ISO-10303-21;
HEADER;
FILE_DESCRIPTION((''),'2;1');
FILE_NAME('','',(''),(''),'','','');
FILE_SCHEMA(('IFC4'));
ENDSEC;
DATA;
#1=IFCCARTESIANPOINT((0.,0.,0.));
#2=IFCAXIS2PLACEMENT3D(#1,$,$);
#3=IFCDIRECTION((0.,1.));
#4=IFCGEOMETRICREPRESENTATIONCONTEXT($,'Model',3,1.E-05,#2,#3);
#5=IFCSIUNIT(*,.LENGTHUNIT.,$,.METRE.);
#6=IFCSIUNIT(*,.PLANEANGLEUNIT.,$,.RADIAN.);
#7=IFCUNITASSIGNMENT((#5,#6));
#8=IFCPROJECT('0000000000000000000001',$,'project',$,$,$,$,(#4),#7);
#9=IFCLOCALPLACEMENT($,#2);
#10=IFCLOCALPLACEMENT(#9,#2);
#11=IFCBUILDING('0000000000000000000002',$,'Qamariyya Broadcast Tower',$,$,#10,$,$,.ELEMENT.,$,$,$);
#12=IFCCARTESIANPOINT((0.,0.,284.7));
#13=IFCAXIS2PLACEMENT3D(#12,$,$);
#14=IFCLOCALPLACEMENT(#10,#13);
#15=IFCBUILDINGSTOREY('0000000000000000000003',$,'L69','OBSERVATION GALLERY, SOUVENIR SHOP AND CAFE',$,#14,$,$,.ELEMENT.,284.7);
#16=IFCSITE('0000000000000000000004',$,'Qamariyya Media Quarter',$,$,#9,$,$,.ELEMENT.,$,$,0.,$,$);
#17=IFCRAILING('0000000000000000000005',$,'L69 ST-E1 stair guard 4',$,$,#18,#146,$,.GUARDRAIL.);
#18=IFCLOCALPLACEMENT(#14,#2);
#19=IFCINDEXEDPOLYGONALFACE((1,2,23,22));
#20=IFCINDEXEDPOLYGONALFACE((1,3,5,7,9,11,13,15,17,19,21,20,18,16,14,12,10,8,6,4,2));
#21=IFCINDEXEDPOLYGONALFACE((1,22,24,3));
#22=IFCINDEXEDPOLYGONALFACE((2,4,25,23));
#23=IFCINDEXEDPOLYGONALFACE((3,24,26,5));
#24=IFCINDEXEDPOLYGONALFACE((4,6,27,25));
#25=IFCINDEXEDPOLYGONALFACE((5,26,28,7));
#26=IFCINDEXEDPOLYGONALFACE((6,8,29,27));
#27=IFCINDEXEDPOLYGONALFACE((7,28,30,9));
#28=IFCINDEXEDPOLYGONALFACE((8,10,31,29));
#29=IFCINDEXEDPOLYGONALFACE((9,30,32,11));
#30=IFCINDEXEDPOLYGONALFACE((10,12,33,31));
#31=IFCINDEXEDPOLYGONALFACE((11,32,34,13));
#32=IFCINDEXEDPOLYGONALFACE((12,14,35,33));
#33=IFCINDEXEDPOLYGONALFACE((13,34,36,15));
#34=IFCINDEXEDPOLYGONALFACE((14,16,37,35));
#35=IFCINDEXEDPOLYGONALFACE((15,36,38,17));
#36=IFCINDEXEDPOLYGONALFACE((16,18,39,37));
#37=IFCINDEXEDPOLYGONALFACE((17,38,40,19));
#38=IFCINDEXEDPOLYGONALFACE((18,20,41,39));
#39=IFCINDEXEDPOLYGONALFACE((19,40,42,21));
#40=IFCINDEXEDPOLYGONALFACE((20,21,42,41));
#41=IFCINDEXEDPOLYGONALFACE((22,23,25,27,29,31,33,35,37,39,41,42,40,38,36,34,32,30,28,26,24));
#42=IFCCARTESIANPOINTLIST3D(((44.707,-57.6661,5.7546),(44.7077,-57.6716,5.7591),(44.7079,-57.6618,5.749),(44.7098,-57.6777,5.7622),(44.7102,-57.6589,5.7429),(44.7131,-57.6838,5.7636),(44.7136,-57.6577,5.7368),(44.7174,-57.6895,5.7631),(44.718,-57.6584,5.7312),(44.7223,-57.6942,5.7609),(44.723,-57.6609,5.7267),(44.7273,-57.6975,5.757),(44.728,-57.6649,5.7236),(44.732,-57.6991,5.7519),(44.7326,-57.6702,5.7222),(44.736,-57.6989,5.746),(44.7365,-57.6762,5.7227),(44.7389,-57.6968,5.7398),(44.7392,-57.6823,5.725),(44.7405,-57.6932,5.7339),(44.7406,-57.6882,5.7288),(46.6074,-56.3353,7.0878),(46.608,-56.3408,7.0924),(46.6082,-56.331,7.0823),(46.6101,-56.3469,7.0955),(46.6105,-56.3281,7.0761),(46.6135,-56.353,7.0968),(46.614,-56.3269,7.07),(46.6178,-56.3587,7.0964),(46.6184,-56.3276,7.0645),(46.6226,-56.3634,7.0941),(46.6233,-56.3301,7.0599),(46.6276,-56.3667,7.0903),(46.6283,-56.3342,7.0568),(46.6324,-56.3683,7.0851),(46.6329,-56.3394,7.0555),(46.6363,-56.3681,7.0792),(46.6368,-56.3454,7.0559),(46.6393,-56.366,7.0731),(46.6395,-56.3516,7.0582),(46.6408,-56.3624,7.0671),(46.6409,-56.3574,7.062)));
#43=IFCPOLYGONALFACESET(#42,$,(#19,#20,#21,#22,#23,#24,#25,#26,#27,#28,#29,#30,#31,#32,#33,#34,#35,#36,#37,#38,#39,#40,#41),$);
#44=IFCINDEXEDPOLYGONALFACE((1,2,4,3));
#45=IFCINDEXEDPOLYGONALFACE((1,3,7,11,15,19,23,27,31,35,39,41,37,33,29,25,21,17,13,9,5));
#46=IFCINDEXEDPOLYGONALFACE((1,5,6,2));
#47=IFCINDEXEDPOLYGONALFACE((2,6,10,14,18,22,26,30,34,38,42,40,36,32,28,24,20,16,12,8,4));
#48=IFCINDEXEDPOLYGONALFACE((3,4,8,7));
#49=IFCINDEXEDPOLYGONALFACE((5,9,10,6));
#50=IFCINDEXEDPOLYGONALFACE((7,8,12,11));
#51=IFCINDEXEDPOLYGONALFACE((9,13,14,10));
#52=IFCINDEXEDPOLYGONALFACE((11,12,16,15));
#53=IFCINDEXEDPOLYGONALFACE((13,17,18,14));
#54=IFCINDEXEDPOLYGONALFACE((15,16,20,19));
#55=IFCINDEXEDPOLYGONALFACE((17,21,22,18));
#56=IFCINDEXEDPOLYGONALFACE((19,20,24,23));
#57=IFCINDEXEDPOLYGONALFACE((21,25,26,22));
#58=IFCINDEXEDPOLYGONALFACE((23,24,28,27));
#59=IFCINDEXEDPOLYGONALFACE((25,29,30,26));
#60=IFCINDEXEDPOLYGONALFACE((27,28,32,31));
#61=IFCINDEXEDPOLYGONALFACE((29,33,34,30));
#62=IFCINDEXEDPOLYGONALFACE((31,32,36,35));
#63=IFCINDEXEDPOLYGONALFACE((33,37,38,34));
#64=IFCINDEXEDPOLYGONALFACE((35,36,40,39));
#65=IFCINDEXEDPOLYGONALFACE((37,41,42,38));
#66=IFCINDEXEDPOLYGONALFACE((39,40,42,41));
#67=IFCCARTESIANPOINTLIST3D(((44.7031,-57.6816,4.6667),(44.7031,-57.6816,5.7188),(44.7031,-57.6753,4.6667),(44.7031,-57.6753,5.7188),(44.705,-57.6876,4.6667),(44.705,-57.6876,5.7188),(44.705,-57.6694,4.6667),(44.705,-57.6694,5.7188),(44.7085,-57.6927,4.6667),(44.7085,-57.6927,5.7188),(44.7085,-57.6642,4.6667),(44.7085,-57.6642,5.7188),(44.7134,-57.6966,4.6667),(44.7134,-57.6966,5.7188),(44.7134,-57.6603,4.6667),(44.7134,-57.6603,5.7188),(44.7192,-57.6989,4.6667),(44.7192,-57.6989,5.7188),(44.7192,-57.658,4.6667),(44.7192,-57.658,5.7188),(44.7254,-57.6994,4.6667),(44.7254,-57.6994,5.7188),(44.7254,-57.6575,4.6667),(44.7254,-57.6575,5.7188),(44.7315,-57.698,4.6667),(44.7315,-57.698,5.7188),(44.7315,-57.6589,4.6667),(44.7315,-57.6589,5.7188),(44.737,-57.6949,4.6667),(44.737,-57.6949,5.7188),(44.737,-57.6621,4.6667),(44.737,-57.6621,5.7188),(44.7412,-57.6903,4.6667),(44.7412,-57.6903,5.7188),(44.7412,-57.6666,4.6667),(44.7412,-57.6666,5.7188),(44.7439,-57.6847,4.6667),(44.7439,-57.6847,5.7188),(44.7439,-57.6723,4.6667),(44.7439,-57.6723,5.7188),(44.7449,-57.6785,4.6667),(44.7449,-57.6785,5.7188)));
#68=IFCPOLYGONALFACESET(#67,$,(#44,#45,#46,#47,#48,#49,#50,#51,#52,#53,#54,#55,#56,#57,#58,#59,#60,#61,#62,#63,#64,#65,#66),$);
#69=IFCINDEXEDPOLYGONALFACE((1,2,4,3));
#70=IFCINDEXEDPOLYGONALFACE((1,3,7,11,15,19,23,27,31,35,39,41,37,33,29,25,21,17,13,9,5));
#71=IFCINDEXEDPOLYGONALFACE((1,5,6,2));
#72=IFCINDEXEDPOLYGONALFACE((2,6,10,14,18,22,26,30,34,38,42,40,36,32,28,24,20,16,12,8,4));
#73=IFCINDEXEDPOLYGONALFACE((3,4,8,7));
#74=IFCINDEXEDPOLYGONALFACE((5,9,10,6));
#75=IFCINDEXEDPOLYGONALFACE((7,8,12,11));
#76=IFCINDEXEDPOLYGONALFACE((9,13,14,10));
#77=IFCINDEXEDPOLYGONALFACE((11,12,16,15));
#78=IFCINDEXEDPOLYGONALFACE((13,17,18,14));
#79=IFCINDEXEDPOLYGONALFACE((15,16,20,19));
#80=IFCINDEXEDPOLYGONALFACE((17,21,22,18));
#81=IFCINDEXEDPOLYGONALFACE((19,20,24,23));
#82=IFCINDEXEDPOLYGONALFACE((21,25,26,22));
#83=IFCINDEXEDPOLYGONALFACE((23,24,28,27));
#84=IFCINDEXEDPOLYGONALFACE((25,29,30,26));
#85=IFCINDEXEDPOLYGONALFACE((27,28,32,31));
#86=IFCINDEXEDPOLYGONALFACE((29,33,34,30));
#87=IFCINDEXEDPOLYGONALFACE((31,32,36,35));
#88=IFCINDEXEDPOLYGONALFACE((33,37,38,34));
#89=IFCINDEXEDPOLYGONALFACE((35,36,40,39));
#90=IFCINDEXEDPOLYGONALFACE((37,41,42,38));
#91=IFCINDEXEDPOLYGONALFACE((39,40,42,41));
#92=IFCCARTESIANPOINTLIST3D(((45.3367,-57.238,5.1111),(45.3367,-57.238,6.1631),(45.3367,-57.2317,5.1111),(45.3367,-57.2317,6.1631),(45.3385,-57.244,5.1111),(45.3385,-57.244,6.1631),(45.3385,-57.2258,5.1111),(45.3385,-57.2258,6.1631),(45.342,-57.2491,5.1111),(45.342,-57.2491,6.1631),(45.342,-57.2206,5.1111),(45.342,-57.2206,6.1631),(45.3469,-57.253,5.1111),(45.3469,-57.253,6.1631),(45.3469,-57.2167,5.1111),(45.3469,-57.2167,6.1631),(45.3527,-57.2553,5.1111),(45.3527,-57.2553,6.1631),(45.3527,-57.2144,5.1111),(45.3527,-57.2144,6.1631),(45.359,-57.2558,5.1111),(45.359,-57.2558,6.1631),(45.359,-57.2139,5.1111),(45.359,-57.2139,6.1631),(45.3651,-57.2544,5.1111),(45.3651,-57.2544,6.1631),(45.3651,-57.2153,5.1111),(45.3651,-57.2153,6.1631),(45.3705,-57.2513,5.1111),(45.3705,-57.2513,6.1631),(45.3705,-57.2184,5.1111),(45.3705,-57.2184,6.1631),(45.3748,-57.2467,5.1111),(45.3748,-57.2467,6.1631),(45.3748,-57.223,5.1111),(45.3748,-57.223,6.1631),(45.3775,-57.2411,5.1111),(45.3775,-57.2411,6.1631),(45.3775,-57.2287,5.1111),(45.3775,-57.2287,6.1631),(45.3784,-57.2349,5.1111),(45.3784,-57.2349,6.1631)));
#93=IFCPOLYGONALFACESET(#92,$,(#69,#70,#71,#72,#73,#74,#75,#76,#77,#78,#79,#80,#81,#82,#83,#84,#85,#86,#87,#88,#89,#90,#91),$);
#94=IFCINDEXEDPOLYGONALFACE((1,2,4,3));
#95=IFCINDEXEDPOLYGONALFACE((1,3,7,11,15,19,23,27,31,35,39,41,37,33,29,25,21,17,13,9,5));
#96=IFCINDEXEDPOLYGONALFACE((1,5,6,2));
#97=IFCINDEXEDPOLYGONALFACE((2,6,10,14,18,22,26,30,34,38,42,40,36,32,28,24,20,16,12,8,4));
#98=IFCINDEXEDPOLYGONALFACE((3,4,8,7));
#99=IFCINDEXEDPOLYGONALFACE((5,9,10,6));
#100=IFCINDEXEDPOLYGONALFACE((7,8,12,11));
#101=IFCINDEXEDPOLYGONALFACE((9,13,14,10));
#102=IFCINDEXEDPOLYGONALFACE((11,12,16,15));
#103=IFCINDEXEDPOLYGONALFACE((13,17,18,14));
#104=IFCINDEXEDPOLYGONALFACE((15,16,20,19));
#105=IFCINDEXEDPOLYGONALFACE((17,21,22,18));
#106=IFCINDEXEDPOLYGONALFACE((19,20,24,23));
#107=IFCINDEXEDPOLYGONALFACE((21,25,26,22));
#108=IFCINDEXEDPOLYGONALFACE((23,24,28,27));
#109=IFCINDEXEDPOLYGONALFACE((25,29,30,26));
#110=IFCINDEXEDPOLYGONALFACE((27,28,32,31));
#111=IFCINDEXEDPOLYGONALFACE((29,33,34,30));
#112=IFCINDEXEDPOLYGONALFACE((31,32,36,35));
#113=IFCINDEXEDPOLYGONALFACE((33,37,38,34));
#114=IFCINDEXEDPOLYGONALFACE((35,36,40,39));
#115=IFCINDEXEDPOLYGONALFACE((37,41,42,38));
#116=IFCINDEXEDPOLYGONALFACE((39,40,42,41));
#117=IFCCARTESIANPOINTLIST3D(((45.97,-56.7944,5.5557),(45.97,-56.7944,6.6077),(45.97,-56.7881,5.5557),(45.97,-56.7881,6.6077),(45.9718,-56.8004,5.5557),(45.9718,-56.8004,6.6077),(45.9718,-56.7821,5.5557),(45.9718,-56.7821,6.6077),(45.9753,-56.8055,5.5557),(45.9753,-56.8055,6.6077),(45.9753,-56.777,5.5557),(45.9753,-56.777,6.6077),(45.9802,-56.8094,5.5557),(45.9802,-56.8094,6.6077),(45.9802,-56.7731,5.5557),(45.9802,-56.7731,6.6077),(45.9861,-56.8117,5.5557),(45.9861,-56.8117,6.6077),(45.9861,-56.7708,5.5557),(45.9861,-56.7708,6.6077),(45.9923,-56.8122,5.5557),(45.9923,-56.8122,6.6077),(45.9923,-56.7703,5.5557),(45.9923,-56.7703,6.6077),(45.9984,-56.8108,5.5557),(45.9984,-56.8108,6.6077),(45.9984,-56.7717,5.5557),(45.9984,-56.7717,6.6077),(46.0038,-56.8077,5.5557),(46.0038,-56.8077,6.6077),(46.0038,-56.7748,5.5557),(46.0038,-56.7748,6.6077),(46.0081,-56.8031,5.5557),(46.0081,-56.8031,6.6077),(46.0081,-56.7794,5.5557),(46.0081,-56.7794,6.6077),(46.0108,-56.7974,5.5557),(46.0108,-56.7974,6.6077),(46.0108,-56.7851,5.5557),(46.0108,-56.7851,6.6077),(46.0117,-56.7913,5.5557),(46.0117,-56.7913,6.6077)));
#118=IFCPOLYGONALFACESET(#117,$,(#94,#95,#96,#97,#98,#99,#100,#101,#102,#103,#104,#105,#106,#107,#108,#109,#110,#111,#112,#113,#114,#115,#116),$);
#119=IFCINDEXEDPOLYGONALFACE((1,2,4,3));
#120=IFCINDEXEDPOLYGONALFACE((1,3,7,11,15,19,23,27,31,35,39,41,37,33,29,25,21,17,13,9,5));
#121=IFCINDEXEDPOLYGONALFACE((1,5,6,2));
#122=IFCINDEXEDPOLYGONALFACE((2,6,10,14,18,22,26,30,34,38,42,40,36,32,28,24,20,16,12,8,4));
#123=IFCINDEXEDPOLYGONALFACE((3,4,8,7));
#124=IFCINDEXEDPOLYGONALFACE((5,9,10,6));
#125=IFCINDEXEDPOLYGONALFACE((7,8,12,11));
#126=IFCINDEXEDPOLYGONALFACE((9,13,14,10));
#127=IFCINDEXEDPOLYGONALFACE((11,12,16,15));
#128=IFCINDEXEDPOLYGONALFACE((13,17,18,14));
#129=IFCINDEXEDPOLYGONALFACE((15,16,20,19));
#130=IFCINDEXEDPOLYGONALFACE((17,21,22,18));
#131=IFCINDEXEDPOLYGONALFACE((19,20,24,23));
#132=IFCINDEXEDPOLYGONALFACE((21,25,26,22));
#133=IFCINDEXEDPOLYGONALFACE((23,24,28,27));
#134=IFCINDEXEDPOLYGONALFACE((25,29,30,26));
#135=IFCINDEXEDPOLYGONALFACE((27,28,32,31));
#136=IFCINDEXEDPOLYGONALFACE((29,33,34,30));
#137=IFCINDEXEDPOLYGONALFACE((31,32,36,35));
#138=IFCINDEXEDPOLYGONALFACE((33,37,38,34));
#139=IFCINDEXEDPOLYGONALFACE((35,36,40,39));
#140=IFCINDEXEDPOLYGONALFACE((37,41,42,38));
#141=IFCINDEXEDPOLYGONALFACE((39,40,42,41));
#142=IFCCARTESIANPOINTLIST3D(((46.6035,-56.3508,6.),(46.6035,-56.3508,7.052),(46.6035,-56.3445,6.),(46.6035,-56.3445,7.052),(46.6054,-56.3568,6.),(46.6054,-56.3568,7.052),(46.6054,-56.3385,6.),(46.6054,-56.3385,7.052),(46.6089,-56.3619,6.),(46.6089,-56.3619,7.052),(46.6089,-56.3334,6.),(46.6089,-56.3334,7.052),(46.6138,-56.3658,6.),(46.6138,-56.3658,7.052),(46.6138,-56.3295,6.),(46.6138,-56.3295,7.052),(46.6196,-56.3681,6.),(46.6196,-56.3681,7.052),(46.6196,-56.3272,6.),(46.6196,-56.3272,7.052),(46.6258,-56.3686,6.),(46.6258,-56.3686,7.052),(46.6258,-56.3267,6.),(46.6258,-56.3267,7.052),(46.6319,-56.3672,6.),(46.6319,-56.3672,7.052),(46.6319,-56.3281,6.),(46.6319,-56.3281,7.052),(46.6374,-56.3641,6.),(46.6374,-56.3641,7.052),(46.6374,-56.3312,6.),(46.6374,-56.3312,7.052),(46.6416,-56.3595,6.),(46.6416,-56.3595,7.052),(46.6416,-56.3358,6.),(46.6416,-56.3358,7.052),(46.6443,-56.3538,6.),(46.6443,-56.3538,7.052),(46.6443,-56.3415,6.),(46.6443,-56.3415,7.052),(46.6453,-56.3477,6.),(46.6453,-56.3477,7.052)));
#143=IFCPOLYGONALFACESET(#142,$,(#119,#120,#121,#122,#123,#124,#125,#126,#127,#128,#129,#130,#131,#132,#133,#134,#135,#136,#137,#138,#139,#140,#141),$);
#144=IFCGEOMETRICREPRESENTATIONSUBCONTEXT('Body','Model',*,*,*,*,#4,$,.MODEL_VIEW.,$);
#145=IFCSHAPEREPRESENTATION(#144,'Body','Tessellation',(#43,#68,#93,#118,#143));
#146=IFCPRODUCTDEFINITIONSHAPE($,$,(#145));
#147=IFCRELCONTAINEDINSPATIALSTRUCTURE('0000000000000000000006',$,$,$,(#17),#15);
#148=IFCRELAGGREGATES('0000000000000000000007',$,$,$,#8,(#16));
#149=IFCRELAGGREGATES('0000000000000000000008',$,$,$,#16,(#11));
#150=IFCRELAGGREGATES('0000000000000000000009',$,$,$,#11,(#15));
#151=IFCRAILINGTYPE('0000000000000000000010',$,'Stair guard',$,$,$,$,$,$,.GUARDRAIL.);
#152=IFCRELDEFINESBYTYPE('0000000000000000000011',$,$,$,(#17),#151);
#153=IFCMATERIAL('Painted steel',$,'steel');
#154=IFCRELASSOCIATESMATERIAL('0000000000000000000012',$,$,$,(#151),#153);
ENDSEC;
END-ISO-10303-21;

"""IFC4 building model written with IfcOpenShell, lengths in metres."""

from ifc_helpers import new_model, si_unit, direction, frame, origin, origin_2d, place, context, subcontext, project, spatial, circle, extrude, material, type_object, element, save


model = new_model("IFC4")

# Units and contexts
model_context = context("Model", 3, precision=1e-05, world=origin(), true_north=direction((0.0, 1.0)))
body_context = subcontext(model_context, "Body", "Model", "MODEL_VIEW")
ifc_project = project(units=[si_unit("LENGTHUNIT", "METRE"), si_unit("PLANEANGLEUNIT", "RADIAN")], contexts=[model_context])

# Site, building, storey
site_placement = place(None, origin())
site = spatial("IfcSite", under=ifc_project, at=site_placement, Name="Qamariyya Media Quarter", CompositionType="ELEMENT", RefElevation=0.0)
building_placement = place(site_placement, origin())
building = spatial("IfcBuilding", under=site, at=building_placement, Name="Qamariyya Broadcast Tower", CompositionType="ELEMENT")
storey_placement = place(building_placement, frame((0.0, 0.0, 284.7)))
storey = spatial("IfcBuildingStorey", under=building, at=storey_placement, Name="L69", Description="OBSERVATION GALLERY, SOUVENIR SHOP AND CAFE", CompositionType="ELEMENT", Elevation=284.7)

# Railing
ifc_material_1 = material(Name="Painted steel", Category="steel")
railing_type_1 = type_object("IfcRailingType", Name="Stair guard", PredefinedType="GUARDRAIL", material=ifc_material_1)
railing_1_placement = place(storey_placement, frame((44.7239, -57.6785, 4.6667)))
element("IfcRailing", 1, at=railing_1_placement, inside=storey, type_object=railing_type_1, Name="L69 ST-E1 stair guard 4", PredefinedType="GUARDRAIL", context=body_context, shape_type="SweptSolid", body=[
    extrude(circle(Radius=0.0239, at=origin_2d()), frame((0.0, 0.0, 1.0762), z_axis=(0.710204, 0.497344, 0.498256), x_axis=(-0.573618, 0.819123, 0.0)), (0.0, 0.0, 1.0), 2.6758),
    extrude(circle(Radius=0.021, at=origin_2d()), origin(), (0.0, 0.0, 1.0), 1.052),
    extrude(circle(Radius=0.021, at=origin_2d()), frame((0.6335, 0.4436, 0.4443)), (0.0, 0.0, 1.0), 1.052),
    extrude(circle(Radius=0.021, at=origin_2d()), frame((1.2668, 0.8872, 0.8889)), (0.0, 0.0, 1.0), 1.052),
    extrude(circle(Radius=0.021, at=origin_2d()), frame((1.9004, 1.3308, 1.3333)), (0.0, 0.0, 1.0), 1.052),
])

save(model, "model.ifc")
